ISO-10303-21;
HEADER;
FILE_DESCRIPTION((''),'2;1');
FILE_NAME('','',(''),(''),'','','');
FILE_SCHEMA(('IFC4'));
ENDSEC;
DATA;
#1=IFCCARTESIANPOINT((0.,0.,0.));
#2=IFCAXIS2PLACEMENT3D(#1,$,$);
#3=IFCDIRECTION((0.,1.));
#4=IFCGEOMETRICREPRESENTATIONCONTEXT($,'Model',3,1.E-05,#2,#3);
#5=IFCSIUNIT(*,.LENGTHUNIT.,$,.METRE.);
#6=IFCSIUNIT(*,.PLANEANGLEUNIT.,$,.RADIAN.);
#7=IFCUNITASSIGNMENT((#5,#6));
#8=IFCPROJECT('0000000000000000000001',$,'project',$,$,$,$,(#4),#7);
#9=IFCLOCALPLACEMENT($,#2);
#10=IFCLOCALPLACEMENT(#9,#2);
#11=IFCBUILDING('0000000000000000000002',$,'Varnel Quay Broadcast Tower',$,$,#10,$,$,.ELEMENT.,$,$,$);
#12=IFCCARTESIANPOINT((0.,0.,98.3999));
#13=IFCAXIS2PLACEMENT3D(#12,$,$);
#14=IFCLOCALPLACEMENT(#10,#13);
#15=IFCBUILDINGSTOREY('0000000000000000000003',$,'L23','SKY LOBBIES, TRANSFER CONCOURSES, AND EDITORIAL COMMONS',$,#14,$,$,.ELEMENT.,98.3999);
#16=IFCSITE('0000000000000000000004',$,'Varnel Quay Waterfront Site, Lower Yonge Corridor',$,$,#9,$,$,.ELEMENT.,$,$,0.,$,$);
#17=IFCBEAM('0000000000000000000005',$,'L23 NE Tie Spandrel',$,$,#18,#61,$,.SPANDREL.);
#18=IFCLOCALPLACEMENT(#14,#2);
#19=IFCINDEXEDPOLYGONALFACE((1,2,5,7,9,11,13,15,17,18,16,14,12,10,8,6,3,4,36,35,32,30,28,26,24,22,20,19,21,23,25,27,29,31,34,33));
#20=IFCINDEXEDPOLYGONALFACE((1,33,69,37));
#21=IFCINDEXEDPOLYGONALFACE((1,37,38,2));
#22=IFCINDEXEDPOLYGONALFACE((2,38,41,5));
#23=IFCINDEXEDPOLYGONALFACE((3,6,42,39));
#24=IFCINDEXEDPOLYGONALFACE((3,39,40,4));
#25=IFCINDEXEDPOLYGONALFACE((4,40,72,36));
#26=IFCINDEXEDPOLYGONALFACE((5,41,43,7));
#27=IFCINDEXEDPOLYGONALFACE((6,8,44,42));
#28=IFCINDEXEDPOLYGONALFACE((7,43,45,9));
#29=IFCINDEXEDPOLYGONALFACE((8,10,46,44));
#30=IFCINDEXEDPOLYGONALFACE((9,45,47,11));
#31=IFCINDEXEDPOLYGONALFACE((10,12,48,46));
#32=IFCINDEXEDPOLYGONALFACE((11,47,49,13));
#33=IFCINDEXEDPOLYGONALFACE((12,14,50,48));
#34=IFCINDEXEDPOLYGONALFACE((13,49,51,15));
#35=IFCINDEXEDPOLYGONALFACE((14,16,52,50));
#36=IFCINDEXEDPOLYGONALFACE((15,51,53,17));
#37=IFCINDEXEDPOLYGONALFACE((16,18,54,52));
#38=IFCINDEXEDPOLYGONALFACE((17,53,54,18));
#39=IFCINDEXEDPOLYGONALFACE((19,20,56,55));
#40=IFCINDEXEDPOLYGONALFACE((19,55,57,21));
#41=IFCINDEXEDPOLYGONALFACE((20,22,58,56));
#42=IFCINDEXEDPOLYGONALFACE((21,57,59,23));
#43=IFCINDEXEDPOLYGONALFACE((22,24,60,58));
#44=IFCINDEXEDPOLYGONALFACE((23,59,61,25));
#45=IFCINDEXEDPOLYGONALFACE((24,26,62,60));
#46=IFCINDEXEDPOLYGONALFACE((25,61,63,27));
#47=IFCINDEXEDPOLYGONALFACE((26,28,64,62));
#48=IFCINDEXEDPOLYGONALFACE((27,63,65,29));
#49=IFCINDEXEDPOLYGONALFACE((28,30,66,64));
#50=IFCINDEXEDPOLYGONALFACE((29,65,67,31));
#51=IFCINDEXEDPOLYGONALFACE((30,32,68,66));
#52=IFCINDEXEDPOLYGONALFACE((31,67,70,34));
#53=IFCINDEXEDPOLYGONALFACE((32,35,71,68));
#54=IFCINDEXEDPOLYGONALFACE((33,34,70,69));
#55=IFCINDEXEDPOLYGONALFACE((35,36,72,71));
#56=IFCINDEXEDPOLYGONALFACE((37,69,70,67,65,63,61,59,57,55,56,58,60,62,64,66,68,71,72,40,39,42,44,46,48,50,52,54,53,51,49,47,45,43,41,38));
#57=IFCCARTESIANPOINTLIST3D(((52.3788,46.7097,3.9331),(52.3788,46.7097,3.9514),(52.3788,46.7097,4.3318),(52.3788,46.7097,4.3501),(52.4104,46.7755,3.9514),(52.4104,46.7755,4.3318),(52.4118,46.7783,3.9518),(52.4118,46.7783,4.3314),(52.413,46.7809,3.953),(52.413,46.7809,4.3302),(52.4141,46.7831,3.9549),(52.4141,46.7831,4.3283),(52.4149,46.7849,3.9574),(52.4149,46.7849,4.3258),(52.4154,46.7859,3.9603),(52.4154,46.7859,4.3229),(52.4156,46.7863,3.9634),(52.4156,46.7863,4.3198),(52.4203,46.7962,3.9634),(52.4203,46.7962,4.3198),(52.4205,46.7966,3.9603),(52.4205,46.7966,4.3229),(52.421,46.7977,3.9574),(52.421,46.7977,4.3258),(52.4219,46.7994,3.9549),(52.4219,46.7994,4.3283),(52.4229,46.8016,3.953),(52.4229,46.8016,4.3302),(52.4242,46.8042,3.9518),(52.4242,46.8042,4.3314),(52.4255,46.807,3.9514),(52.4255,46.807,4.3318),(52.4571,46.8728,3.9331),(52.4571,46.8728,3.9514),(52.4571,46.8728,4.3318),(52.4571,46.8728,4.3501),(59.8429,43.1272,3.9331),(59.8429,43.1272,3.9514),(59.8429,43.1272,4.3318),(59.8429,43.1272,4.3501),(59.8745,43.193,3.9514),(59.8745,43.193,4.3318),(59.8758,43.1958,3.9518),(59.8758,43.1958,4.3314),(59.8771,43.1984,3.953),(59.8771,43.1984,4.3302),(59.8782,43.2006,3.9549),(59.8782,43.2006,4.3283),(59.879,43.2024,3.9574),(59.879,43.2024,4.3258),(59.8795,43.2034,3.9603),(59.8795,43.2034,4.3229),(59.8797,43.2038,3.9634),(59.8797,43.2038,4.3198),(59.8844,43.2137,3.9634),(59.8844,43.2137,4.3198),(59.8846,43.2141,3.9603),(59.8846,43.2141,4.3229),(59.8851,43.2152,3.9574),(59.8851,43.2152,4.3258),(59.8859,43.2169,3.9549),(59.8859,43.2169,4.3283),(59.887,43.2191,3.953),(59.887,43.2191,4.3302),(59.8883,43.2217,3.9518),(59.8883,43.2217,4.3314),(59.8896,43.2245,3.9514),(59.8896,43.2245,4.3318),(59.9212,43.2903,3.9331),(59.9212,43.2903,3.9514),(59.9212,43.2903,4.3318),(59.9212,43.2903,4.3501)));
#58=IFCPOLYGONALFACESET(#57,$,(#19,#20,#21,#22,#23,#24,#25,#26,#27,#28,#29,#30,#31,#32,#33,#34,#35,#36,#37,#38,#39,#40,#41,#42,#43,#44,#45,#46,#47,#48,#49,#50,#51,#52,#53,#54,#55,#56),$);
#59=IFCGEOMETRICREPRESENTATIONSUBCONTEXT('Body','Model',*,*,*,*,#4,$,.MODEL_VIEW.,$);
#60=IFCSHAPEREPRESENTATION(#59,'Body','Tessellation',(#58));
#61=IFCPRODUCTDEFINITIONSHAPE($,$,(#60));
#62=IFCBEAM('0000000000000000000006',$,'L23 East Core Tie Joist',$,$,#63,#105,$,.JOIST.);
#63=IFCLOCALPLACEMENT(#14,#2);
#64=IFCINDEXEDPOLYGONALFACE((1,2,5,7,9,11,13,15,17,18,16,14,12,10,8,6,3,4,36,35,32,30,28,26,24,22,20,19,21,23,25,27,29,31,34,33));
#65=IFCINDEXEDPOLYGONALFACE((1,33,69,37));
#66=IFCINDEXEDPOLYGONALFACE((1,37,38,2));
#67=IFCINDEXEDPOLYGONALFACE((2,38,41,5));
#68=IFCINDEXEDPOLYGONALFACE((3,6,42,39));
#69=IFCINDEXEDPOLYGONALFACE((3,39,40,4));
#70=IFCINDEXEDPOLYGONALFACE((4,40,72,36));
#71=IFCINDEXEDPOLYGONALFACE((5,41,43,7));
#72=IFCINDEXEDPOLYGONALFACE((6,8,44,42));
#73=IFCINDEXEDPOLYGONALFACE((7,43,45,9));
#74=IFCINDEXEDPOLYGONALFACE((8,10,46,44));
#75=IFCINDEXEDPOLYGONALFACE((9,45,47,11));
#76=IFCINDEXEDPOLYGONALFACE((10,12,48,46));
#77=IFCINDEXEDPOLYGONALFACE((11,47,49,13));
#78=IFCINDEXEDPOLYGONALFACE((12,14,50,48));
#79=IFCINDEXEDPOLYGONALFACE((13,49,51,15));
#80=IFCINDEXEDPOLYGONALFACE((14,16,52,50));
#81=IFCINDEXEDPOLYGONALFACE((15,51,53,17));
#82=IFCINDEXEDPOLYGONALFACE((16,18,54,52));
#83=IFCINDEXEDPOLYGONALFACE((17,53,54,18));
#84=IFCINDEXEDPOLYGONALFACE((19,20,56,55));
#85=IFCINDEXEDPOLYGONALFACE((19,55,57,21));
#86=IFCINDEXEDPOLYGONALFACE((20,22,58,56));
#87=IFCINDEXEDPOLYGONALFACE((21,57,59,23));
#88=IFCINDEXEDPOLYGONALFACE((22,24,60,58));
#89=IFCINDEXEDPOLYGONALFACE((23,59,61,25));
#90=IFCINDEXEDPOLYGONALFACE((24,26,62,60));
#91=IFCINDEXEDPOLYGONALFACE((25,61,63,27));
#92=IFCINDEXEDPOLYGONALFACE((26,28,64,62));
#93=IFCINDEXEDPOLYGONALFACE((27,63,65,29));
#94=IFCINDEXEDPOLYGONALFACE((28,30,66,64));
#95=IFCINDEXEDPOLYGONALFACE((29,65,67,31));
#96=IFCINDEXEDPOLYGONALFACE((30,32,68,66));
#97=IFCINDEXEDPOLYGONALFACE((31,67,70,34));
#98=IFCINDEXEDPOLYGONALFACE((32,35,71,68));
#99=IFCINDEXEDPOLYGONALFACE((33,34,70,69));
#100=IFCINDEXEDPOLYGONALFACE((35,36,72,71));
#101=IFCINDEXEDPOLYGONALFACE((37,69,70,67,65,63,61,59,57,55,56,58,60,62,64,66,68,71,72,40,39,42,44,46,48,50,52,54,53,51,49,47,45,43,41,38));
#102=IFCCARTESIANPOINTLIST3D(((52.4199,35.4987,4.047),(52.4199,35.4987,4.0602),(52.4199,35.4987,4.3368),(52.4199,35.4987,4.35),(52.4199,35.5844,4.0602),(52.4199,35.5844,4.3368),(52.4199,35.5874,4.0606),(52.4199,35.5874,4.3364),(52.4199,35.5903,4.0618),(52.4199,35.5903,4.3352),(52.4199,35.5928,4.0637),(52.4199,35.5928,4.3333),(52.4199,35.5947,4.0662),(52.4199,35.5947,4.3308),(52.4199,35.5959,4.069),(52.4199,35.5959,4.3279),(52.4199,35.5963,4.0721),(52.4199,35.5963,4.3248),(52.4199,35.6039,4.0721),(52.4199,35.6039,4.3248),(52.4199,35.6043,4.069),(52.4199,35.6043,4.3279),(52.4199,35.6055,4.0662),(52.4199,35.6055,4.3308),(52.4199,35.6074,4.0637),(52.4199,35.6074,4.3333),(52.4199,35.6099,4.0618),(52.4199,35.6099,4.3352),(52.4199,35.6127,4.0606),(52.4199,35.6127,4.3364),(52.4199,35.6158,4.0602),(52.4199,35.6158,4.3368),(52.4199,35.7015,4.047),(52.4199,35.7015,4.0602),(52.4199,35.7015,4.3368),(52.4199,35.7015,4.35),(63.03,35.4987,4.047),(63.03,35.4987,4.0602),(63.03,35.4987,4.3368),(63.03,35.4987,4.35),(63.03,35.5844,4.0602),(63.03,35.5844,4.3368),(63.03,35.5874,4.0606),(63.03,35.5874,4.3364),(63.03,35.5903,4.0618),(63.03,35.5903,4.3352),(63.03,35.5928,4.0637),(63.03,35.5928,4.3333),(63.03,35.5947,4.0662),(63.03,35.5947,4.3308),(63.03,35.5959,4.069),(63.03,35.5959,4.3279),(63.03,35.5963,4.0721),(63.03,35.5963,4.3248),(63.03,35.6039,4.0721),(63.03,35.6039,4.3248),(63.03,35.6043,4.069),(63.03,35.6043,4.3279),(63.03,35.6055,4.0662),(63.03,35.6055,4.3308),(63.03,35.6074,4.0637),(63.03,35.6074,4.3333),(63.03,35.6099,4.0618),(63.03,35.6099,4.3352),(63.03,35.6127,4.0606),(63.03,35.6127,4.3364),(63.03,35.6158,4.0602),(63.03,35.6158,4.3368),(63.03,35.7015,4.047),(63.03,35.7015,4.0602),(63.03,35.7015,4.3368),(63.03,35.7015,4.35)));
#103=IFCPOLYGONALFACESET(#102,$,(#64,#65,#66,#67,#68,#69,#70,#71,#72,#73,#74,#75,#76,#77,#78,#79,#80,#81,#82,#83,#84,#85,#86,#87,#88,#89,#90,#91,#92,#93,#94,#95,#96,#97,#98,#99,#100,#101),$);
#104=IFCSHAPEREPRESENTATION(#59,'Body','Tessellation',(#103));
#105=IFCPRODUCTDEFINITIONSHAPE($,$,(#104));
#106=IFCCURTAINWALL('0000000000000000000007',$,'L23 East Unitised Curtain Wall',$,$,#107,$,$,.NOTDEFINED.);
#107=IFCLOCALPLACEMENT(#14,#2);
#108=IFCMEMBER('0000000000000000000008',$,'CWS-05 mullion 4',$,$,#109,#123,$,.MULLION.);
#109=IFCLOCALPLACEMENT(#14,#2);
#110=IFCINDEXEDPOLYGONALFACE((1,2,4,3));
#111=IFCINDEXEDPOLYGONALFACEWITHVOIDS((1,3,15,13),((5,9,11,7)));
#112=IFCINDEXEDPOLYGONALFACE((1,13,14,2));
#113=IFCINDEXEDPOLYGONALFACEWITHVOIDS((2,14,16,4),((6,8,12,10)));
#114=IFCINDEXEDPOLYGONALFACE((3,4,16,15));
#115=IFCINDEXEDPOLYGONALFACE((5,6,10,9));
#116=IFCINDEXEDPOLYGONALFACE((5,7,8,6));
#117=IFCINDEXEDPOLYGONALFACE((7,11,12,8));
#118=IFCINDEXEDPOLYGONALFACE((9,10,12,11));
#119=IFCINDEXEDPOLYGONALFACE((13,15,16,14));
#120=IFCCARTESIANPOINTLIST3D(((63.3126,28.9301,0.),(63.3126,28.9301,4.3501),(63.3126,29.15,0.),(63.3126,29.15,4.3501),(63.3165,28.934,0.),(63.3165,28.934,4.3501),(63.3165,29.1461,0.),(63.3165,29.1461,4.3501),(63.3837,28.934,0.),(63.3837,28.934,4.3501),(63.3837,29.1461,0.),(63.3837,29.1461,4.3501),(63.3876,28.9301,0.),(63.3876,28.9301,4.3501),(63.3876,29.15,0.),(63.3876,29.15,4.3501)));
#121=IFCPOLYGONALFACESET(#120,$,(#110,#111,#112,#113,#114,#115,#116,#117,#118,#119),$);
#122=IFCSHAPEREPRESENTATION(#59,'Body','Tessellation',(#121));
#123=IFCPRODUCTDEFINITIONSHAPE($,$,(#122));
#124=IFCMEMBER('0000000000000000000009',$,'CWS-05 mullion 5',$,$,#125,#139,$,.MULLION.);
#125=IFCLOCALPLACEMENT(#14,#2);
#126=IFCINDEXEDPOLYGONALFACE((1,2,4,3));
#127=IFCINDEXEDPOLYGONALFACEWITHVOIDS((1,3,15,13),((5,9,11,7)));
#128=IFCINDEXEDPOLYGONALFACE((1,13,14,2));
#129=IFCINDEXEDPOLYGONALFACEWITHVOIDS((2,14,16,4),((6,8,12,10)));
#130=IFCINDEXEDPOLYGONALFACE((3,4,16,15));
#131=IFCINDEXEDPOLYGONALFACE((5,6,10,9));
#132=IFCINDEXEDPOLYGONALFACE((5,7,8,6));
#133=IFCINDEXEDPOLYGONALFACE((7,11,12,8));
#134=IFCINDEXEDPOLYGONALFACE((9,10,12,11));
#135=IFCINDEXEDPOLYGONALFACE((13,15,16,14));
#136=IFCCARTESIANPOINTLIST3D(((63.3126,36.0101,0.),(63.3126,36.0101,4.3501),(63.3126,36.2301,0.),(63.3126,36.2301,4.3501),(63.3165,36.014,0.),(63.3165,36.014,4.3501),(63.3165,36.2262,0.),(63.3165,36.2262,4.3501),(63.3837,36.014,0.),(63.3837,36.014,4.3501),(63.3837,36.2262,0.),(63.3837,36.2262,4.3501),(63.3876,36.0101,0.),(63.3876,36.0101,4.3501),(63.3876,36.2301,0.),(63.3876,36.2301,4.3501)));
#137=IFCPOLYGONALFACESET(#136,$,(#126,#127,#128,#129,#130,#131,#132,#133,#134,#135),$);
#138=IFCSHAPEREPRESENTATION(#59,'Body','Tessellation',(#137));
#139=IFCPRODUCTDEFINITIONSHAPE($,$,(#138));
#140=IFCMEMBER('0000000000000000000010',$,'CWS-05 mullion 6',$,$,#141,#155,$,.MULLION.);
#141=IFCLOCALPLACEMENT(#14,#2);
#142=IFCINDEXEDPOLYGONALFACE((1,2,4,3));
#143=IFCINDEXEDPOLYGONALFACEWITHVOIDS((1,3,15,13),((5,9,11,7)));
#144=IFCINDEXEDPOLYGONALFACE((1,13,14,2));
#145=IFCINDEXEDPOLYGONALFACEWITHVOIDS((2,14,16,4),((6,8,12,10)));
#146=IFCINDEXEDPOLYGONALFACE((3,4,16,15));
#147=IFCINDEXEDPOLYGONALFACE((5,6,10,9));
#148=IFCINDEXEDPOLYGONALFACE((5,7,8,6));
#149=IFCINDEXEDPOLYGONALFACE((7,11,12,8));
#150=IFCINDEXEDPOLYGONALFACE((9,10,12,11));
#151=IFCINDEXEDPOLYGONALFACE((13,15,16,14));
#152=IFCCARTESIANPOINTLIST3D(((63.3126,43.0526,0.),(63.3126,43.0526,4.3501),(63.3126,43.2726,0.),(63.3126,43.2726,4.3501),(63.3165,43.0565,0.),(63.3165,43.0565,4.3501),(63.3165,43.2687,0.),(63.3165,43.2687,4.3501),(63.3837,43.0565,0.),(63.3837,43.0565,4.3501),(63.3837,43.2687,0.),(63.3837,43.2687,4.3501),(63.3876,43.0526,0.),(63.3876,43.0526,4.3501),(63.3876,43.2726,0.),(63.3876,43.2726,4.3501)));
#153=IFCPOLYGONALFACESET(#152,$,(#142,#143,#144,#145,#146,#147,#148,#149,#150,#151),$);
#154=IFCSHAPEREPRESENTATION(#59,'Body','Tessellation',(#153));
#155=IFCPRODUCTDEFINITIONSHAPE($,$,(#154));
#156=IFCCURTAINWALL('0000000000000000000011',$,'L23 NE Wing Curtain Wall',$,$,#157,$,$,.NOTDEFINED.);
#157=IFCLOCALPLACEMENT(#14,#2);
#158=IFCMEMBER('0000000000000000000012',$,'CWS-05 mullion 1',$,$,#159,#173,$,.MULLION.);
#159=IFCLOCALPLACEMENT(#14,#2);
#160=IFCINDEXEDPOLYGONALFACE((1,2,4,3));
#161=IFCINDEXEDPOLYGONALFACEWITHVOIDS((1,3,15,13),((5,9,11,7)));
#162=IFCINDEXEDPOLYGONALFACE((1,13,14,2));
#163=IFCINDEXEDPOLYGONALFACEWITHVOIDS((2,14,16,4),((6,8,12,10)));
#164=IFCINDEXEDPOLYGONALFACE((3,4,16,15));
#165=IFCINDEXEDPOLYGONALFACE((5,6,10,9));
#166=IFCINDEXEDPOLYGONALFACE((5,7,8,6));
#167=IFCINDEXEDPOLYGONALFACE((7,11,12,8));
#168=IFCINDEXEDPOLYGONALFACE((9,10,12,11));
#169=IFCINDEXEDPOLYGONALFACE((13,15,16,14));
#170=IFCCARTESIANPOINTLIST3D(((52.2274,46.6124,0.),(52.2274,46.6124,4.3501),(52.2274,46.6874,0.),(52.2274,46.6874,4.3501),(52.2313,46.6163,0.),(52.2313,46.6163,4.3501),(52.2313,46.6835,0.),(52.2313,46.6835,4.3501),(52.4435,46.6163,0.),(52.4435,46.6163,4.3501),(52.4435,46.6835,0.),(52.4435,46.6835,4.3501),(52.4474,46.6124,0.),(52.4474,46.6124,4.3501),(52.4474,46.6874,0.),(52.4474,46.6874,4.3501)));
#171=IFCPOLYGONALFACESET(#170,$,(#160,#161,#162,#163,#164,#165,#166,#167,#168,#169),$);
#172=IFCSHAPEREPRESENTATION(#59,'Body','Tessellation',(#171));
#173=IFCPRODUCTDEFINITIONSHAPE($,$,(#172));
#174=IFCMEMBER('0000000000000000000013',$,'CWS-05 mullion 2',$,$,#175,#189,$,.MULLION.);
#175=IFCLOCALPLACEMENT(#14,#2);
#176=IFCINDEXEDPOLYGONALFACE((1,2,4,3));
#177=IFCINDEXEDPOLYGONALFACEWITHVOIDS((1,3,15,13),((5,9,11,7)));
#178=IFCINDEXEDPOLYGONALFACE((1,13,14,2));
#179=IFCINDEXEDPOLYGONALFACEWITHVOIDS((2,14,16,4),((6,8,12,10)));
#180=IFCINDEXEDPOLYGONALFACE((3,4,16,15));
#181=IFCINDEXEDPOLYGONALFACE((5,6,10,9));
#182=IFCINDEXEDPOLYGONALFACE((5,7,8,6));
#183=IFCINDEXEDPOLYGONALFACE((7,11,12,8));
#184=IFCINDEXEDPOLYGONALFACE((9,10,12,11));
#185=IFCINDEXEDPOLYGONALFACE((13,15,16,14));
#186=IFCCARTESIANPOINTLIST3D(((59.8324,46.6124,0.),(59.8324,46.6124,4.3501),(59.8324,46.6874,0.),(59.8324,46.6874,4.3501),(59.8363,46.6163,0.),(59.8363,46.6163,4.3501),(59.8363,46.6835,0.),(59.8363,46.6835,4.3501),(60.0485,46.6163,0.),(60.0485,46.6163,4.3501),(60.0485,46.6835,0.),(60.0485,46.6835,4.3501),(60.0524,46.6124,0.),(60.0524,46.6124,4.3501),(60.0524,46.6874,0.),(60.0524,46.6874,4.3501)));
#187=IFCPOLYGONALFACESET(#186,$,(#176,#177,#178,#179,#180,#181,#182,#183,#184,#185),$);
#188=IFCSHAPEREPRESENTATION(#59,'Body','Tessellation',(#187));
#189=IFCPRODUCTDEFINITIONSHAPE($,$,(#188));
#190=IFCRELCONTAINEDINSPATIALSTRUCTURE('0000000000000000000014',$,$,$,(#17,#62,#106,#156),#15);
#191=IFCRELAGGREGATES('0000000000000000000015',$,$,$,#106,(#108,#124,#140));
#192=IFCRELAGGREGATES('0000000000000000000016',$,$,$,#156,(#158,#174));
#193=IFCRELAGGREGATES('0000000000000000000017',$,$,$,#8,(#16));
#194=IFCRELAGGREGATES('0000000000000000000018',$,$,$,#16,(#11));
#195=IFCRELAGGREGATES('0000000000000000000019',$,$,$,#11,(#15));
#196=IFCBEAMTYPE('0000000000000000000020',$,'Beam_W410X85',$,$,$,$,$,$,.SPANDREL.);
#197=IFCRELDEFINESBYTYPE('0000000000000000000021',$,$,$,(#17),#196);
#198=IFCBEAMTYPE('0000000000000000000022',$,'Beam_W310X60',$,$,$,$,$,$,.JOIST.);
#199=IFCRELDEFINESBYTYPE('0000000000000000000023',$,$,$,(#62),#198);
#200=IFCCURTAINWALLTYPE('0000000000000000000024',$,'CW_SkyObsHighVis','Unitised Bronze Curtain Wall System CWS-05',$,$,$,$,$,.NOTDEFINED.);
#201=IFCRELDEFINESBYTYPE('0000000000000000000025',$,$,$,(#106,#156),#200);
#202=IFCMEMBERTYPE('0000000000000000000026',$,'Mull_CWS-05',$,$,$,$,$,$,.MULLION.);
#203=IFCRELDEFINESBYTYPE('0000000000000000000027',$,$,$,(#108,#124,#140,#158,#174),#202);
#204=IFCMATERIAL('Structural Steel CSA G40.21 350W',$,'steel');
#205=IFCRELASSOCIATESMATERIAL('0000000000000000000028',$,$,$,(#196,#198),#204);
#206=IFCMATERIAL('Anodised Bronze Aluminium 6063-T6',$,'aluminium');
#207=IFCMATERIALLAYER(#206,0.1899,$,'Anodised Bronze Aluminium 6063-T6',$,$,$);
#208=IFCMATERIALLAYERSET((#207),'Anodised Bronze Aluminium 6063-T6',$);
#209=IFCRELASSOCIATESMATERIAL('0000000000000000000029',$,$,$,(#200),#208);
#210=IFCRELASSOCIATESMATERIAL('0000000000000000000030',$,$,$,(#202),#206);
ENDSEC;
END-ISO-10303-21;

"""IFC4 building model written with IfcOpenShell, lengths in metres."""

from ifc_helpers import new_model, si_unit, direction, frame, origin, origin_2d, place, context, subcontext, project, spatial, hollow_rectangle, i_section, extrude, source, transform, mapped, material, layer, layer_set, material_profile, profile_set, type_object, type_shapes, element, aggregate, save


model = new_model("IFC4")

# Units and contexts
model_context = context("Model", 3, precision=1e-05, world=origin(), true_north=direction((0.0, 1.0)))
body_context = subcontext(model_context, "Body", "Model", "MODEL_VIEW")
ifc_project = project(units=[si_unit("LENGTHUNIT", "METRE"), si_unit("PLANEANGLEUNIT", "RADIAN")], contexts=[model_context])

# Site, building, storey
site_placement = place(None, origin())
site = spatial("IfcSite", under=ifc_project, at=site_placement, Name="Varnel Quay Waterfront Site, Lower Yonge Corridor", CompositionType="ELEMENT", RefElevation=0.0)
building_placement = place(site_placement, origin())
building = spatial("IfcBuilding", under=site, at=building_placement, Name="Varnel Quay Broadcast Tower", CompositionType="ELEMENT")
storey_placement = place(building_placement, frame((0.0, 0.0, 98.3999)))
storey = spatial("IfcBuildingStorey", under=building, at=storey_placement, Name="L23", Description="SKY LOBBIES, TRANSFER CONCOURSES, AND EDITORIAL COMMONS", CompositionType="ELEMENT", Elevation=98.3999)

# Shared definitions
ifc_material_1 = material(Name="Structural Steel CSA G40.21 350W", Category="steel")

# Beams
ifc_material_profile_1 = material_profile(ifc_material_1, i_section(OverallWidth=0.1809, OverallDepth=0.417, WebThickness=0.011, FlangeThickness=0.0183, FilletRadius=0.012, at=origin_2d()), Name="W410X85")
ifc_profile_set_1 = profile_set([ifc_material_profile_1], Name="Structural Steel CSA G40.21 350W")
beam_type_1 = type_object("IfcBeamType", Name="Beam_W410X85", PredefinedType="SPANDREL", material=ifc_profile_set_1)
shared_shape_1 = source(origin(), body_context, "Body", "SweptSolid", [
    extrude(i_section(OverallWidth=0.1809, OverallDepth=0.417, WebThickness=0.011, FlangeThickness=0.0183, FilletRadius=0.012, at=origin_2d()), origin(), (0.0, 0.0, 1.0), 8.2793),
])
beam_1_placement = place(storey_placement, frame((52.418, 46.7913, 4.1416), z_axis=(0.901535, -0.432706, 0.0), x_axis=(0.432706, 0.901535, 0.0)))
element("IfcBeam", 1, at=beam_1_placement, inside=storey, type_object=beam_type_1, Name="L23 NE Tie Spandrel", PredefinedType="SPANDREL", context=body_context, shape_type="MappedRepresentation", body=[
    mapped(shared_shape_1, transform((0.0, 0.0, 0.0), x_axis=(1.0, 0.0, 0.0), y_axis=(0.0, 1.0, 0.0), z_axis=(0.0, 0.0, 1.0), scale=1.0)),
])
ifc_material_profile_2 = material_profile(ifc_material_1, i_section(OverallWidth=0.2029, OverallDepth=0.303, WebThickness=0.0076, FlangeThickness=0.0132, FilletRadius=0.012, at=origin_2d()), Name="W310X60")
ifc_profile_set_2 = profile_set([ifc_material_profile_2], Name="Structural Steel CSA G40.21 350W")
beam_type_2 = type_object("IfcBeamType", Name="Beam_W310X60", PredefinedType="JOIST", material=ifc_profile_set_2)
shared_shape_2 = source(origin(), body_context, "Body", "SweptSolid", [
    extrude(i_section(OverallWidth=0.2029, OverallDepth=0.303, WebThickness=0.0076, FlangeThickness=0.0132, FilletRadius=0.012, at=origin_2d()), origin(), (0.0, 0.0, 1.0), 10.6101),
])
type_shapes(beam_type_2, [shared_shape_2])
beam_2_placement = place(storey_placement, frame((52.4199, 35.6001, 4.1985), z_axis=(1.0, 0.0, 0.0), x_axis=(0.0, 1.0, 0.0)))
element("IfcBeam", 2, at=beam_2_placement, inside=storey, type_object=beam_type_2, Name="L23 East Core Tie Joist", PredefinedType="JOIST", context=body_context, shape_type="MappedRepresentation", body=[
    mapped(shared_shape_2, transform((0.0, 0.0, 0.0), x_axis=(1.0, 0.0, 0.0), y_axis=(0.0, 1.0, 0.0), z_axis=(0.0, 0.0, 1.0), scale=1.0)),
])

# Curtain walls, members
ifc_material_2 = material(Name="Anodised Bronze Aluminium 6063-T6", Category="aluminium")
ifc_layer_1 = layer(ifc_material_2, 0.1899, Name="Anodised Bronze Aluminium 6063-T6")
ifc_layer_set_1 = layer_set([ifc_layer_1], Name="Anodised Bronze Aluminium 6063-T6")
curtain_wall_type = type_object("IfcCurtainWallType", Name="CW_SkyObsHighVis", Description="Unitised Bronze Curtain Wall System CWS-05", PredefinedType="NOTDEFINED", material=ifc_layer_set_1)
curtain_wall_1_placement = place(storey_placement, origin())
curtain_wall_1 = element("IfcCurtainWall", 3, at=curtain_wall_1_placement, inside=storey, type_object=curtain_wall_type, Name="L23 East Unitised Curtain Wall", PredefinedType="NOTDEFINED")
ifc_material_profile_3 = material_profile(ifc_material_2, hollow_rectangle(XDim=0.075, YDim=0.22, WallThickness=0.0039, at=origin_2d()), Name="ALU75X220X4")
ifc_profile_set_3 = profile_set([ifc_material_profile_3], Name="Anodised Bronze Aluminium 6063-T6")
member_type_1 = type_object("IfcMemberType", Name="Mull_CWS-05", PredefinedType="MULLION", material=ifc_profile_set_3)
shared_shape_3 = source(origin(), body_context, "Body", "SweptSolid", [
    extrude(hollow_rectangle(XDim=0.075, YDim=0.22, WallThickness=0.0039, at=origin_2d()), origin(), (0.0, 0.0, 1.0), 4.3501),
])
type_shapes(member_type_1, [shared_shape_3])
member_1_placement = place(storey_placement, frame((63.3501, 29.04, 0.0), z_axis=(0.0, 0.0, 1.0), x_axis=(-1.0, 0.0, 0.0)))
member_1 = element("IfcMember", 4, at=member_1_placement, type_object=member_type_1, Name="CWS-05 mullion 4", PredefinedType="MULLION", context=body_context, shape_type="MappedRepresentation", body=[
    mapped(shared_shape_3, transform((0.0, 0.0, 0.0), x_axis=(1.0, 0.0, 0.0), y_axis=(0.0, 1.0, 0.0), z_axis=(0.0, 0.0, 1.0), scale=1.0)),
])
member_2_placement = place(storey_placement, frame((63.3501, 36.1201, 0.0), z_axis=(0.0, 0.0, 1.0), x_axis=(-1.0, 0.0, 0.0)))
member_2 = element("IfcMember", 5, at=member_2_placement, type_object=member_type_1, Name="CWS-05 mullion 5", PredefinedType="MULLION", context=body_context, shape_type="MappedRepresentation", body=[
    mapped(shared_shape_3, transform((0.0, 0.0, 0.0), x_axis=(1.0, 0.0, 0.0), y_axis=(0.0, 1.0, 0.0), z_axis=(0.0, 0.0, 1.0), scale=1.0)),
])
member_3_placement = place(storey_placement, frame((63.3501, 43.1626, 0.0), z_axis=(0.0, 0.0, 1.0), x_axis=(-1.0, 0.0, 0.0)))
member_3 = element("IfcMember", 6, at=member_3_placement, type_object=member_type_1, Name="CWS-05 mullion 6", PredefinedType="MULLION", context=body_context, shape_type="MappedRepresentation", body=[
    mapped(shared_shape_3, transform((0.0, 0.0, 0.0), x_axis=(1.0, 0.0, 0.0), y_axis=(0.0, 1.0, 0.0), z_axis=(0.0, 0.0, 1.0), scale=1.0)),
])
curtain_wall_2_placement = place(storey_placement, origin())
curtain_wall_2 = element("IfcCurtainWall", 7, at=curtain_wall_2_placement, inside=storey, type_object=curtain_wall_type, Name="L23 NE Wing Curtain Wall", PredefinedType="NOTDEFINED")
member_4_placement = place(storey_placement, frame((52.3374, 46.6499, 0.0), z_axis=(0.0, 0.0, 1.0), x_axis=(0.0, 1.0, 0.0)))
member_4 = element("IfcMember", 8, at=member_4_placement, type_object=member_type_1, Name="CWS-05 mullion 1", PredefinedType="MULLION", context=body_context, shape_type="MappedRepresentation", body=[
    mapped(shared_shape_3, transform((0.0, 0.0, 0.0), x_axis=(1.0, 0.0, 0.0), y_axis=(0.0, 1.0, 0.0), z_axis=(0.0, 0.0, 1.0), scale=1.0)),
])
member_5_placement = place(storey_placement, frame((59.9424, 46.6499, 0.0), z_axis=(0.0, 0.0, 1.0), x_axis=(0.0, 1.0, 0.0)))
member_5 = element("IfcMember", 9, at=member_5_placement, type_object=member_type_1, Name="CWS-05 mullion 2", PredefinedType="MULLION", context=body_context, shape_type="MappedRepresentation", body=[
    mapped(shared_shape_3, transform((0.0, 0.0, 0.0), x_axis=(1.0, 0.0, 0.0), y_axis=(0.0, 1.0, 0.0), z_axis=(0.0, 0.0, 1.0), scale=1.0)),
])

aggregate(curtain_wall_1, [member_1, member_2, member_3])
aggregate(curtain_wall_2, [member_4, member_5])

save(model, "model.ifc")
